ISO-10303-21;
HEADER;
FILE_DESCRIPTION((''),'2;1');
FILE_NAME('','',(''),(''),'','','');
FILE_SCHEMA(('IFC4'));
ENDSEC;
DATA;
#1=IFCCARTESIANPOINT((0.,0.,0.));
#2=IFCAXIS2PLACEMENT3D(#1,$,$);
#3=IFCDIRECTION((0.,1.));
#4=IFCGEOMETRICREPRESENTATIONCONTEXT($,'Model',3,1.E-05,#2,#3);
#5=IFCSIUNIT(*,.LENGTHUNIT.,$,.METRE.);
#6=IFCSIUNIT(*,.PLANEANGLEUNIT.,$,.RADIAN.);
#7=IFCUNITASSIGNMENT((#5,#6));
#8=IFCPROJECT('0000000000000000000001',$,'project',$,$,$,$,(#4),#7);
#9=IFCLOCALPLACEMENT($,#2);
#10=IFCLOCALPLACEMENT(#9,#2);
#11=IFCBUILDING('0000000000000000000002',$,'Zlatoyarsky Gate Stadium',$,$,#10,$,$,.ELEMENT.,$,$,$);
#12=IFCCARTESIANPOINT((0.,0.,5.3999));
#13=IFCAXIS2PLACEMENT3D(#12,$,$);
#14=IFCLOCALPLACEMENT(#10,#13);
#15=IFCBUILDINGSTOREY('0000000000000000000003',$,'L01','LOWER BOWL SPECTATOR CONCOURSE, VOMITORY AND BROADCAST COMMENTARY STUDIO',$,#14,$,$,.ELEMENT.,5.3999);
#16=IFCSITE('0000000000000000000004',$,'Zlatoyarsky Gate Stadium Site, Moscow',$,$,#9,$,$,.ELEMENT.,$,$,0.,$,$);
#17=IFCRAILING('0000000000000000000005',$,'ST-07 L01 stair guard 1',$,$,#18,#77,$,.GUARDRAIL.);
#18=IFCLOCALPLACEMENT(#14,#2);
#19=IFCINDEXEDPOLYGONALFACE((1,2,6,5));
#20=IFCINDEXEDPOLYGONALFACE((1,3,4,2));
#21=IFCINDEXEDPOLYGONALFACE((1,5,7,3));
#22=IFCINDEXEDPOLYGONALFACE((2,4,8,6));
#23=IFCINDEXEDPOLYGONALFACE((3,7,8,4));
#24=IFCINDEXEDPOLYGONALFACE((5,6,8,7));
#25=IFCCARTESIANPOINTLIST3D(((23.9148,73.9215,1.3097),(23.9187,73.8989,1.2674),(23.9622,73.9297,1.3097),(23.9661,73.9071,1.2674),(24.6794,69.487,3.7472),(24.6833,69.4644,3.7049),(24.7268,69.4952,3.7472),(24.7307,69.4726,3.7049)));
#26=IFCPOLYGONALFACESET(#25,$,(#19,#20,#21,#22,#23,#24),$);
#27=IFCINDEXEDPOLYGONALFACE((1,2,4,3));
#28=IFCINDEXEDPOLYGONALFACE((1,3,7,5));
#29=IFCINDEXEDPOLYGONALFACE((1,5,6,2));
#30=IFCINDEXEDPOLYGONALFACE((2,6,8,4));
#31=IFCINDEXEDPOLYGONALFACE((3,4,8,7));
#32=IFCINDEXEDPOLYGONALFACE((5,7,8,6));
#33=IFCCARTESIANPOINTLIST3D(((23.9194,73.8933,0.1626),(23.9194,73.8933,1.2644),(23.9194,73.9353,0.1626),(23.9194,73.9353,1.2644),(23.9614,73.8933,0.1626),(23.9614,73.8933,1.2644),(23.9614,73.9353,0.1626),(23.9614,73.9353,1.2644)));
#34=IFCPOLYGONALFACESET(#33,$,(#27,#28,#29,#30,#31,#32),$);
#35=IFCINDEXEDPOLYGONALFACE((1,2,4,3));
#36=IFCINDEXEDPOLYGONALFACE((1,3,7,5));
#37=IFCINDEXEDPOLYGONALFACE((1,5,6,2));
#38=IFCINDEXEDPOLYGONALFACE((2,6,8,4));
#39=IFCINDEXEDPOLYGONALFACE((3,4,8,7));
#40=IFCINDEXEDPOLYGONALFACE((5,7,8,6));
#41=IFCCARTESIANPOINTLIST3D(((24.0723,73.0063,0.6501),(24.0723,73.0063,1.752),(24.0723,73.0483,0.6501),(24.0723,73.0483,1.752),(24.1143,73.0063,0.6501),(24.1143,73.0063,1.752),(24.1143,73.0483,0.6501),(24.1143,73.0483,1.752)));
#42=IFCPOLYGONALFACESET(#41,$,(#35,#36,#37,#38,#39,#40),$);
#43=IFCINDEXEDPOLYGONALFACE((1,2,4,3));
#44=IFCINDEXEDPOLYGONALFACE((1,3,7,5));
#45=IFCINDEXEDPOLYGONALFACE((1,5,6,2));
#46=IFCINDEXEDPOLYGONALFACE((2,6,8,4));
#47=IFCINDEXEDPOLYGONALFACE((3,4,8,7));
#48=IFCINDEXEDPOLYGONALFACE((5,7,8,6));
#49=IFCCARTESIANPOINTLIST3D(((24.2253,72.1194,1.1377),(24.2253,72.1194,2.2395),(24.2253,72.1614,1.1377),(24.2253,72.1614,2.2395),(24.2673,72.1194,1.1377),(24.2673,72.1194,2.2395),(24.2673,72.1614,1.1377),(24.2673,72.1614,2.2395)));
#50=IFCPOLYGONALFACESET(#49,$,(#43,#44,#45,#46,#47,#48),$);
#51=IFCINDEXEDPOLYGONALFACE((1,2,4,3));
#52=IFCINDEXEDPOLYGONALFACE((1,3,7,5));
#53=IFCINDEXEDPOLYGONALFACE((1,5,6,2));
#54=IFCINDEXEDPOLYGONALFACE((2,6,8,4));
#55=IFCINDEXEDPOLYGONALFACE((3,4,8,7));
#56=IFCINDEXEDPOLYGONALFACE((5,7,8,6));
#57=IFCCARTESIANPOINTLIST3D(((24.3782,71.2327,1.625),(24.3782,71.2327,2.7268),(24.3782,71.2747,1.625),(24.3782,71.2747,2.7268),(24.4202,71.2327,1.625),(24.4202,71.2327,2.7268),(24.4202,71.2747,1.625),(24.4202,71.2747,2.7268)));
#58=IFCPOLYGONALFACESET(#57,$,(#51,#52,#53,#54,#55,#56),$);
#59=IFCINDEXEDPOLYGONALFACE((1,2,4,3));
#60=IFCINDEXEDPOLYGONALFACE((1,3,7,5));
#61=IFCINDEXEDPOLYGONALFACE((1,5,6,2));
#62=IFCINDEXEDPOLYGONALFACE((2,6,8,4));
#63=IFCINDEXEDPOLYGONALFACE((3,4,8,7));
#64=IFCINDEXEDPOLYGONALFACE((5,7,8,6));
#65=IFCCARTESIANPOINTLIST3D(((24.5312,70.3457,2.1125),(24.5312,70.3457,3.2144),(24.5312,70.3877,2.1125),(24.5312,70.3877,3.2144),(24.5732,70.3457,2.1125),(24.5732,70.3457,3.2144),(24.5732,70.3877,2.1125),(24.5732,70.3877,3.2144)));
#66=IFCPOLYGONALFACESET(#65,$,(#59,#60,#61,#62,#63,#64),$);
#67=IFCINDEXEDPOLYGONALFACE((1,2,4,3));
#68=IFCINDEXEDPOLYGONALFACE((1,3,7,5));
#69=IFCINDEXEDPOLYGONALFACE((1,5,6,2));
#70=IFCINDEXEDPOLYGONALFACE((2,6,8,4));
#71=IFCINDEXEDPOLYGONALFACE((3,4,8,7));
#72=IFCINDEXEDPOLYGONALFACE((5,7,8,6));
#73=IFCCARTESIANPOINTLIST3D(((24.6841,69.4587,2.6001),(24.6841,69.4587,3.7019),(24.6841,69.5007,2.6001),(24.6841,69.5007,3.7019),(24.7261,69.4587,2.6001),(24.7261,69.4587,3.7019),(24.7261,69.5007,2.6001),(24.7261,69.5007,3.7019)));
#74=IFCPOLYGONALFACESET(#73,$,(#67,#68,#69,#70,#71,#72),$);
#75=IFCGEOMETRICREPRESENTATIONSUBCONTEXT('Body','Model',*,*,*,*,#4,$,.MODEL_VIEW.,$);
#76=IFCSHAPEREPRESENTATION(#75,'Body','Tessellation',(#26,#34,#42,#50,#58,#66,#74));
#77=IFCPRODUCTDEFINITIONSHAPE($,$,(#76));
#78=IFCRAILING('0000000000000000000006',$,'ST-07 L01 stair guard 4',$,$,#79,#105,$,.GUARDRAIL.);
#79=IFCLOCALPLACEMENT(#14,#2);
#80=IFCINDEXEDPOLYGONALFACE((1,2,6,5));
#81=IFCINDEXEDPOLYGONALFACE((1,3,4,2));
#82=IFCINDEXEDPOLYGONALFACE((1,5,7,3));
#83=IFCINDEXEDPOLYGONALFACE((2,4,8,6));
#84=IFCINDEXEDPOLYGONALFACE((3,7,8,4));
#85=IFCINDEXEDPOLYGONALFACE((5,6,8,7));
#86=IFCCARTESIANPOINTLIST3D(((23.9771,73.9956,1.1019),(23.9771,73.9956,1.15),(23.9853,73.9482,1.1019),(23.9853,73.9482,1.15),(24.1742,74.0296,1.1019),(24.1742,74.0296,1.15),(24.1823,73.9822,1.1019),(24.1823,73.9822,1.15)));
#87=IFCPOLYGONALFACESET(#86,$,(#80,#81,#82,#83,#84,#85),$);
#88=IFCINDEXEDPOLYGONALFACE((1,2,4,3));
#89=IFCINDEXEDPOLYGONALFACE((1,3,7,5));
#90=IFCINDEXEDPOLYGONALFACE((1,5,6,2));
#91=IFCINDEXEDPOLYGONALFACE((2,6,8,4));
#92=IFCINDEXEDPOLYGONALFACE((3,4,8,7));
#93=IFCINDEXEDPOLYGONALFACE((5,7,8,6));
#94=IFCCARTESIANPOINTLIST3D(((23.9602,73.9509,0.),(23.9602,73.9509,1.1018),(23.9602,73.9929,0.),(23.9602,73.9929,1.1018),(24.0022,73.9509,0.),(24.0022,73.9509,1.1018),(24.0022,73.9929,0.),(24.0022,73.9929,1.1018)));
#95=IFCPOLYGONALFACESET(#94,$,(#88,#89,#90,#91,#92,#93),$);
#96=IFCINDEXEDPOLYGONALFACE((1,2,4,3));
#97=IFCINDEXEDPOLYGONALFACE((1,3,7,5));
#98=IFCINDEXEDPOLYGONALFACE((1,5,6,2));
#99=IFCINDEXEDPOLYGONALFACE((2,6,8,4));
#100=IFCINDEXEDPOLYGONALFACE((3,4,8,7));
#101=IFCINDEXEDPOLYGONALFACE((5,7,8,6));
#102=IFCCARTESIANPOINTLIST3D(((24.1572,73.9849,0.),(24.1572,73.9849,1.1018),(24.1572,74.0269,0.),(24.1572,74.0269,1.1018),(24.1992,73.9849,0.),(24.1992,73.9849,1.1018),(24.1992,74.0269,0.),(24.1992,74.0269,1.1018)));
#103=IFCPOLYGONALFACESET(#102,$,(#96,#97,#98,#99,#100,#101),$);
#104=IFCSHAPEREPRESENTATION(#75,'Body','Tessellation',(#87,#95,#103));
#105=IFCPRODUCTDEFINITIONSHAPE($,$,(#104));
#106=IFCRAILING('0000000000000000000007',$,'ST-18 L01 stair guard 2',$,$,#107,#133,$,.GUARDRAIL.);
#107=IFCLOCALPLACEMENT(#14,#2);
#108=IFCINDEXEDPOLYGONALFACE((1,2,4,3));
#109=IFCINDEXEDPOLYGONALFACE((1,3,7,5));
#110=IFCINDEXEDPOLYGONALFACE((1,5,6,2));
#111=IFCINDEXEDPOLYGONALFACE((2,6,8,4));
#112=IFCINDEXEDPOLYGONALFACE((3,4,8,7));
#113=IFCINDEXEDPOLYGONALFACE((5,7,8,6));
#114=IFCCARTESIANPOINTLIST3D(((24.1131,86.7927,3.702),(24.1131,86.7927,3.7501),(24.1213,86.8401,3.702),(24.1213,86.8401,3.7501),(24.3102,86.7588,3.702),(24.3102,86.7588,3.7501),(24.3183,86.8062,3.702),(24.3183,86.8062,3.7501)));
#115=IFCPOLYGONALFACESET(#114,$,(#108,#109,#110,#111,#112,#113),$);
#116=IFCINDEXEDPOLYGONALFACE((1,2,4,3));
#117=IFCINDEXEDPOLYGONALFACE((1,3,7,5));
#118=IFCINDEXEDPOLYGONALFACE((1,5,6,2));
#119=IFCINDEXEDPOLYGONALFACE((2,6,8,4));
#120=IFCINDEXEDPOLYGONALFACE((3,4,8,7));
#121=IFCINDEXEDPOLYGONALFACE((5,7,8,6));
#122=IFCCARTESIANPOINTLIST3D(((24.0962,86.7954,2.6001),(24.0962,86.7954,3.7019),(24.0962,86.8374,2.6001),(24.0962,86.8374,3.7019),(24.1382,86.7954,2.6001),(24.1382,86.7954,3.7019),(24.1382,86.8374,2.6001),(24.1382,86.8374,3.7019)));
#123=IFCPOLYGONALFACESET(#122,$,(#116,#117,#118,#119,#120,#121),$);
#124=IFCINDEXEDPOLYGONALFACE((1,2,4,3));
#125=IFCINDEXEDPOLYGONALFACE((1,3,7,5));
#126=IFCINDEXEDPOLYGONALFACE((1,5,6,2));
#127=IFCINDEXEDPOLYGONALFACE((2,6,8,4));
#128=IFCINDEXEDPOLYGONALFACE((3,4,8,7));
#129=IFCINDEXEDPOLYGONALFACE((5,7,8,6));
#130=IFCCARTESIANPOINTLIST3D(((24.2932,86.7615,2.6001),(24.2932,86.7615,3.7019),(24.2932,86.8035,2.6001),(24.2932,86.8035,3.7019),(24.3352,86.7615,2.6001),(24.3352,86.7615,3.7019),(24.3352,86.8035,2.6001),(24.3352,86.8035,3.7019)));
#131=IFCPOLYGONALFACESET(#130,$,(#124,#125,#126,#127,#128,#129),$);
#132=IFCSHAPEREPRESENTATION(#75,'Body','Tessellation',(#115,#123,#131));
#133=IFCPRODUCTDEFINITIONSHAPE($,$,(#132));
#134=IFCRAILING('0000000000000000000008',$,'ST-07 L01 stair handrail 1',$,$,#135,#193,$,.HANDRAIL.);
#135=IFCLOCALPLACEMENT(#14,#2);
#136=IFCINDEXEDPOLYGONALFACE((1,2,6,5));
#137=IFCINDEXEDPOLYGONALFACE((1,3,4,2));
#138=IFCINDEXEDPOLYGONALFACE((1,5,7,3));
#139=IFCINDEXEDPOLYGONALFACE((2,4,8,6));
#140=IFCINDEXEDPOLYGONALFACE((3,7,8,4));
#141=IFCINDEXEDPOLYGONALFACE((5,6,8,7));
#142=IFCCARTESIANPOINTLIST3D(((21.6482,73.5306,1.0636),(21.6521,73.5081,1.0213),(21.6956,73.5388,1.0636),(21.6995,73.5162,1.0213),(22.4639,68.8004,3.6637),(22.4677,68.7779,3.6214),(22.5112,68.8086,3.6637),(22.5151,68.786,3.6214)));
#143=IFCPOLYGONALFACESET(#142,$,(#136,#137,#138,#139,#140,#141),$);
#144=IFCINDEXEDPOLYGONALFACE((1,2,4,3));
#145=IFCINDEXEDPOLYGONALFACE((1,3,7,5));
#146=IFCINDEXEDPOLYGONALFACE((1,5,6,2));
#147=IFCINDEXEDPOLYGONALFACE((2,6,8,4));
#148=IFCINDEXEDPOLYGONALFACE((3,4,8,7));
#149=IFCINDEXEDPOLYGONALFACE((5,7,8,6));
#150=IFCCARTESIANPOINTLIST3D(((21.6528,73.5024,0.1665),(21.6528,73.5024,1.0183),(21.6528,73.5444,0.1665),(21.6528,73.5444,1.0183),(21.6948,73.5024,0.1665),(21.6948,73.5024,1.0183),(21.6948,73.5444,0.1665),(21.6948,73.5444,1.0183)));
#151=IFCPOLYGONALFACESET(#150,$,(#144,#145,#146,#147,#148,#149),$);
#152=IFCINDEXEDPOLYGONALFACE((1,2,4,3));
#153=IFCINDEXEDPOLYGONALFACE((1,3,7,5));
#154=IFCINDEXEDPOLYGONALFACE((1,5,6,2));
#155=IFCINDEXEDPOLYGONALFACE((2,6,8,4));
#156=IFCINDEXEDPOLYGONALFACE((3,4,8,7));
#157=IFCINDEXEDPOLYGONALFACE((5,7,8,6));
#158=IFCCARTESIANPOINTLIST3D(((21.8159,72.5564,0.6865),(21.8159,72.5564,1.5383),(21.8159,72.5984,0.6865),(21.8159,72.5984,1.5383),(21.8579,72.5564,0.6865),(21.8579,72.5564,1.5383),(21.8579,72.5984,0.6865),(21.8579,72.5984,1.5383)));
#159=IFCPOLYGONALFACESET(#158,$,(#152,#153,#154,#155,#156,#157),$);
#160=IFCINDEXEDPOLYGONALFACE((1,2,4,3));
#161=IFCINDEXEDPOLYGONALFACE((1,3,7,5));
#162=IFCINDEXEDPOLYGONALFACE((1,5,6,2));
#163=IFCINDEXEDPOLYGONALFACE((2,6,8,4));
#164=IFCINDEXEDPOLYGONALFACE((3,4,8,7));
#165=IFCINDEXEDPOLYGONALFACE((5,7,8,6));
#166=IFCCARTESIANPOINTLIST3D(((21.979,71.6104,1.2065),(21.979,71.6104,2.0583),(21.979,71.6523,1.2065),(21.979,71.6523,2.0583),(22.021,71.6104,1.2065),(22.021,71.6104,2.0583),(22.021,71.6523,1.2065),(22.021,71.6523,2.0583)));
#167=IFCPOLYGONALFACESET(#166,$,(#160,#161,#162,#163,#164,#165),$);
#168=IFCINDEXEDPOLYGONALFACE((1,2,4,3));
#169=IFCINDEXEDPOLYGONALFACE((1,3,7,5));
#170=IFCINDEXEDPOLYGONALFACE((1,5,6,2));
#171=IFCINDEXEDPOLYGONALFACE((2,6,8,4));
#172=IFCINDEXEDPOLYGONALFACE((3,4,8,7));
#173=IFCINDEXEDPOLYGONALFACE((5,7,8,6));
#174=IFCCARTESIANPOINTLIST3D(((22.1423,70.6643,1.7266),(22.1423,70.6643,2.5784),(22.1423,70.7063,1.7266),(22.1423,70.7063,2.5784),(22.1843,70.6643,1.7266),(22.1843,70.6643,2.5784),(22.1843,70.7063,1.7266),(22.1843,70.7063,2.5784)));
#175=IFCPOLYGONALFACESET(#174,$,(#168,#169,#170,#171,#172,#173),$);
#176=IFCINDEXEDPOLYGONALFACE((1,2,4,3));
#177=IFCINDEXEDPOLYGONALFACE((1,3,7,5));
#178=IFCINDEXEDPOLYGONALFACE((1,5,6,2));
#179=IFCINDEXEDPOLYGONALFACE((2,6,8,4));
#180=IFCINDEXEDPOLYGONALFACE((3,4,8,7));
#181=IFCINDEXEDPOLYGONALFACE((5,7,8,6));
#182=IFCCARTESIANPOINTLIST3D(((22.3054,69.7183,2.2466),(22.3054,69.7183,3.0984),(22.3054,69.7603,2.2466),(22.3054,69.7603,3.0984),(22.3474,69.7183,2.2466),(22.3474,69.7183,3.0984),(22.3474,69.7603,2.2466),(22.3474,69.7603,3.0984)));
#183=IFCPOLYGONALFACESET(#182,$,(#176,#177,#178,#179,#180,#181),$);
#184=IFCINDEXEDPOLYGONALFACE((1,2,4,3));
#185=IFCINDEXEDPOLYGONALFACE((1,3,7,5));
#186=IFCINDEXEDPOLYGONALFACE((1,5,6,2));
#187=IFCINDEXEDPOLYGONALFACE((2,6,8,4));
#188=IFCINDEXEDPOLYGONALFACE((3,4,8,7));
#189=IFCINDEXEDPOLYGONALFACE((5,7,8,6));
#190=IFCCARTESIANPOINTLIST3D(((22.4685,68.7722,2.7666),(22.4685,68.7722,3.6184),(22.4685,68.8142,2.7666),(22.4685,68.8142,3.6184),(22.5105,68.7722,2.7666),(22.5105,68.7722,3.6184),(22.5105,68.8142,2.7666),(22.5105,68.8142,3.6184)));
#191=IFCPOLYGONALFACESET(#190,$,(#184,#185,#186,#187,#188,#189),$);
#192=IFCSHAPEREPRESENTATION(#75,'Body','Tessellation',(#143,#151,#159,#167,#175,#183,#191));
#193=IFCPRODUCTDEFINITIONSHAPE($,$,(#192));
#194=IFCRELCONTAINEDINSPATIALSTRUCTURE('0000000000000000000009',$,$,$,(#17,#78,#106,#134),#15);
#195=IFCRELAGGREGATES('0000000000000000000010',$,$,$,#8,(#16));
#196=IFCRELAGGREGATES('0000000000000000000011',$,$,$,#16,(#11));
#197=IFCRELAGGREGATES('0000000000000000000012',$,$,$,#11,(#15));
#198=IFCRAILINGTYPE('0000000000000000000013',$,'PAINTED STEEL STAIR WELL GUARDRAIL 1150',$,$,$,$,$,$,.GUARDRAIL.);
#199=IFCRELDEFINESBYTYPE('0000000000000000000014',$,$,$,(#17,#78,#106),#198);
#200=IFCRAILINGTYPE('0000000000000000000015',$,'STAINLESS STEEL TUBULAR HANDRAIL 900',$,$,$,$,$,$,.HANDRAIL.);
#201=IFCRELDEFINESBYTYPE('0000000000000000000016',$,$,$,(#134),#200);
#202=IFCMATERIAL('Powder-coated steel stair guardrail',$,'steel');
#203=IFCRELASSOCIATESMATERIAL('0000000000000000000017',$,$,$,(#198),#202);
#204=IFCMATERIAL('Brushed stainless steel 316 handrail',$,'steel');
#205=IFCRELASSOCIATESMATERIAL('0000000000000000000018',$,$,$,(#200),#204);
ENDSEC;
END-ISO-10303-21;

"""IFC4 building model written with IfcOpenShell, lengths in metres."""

from ifc_helpers import new_model, si_unit, direction, frame, origin, origin_2d, place, context, subcontext, project, spatial, rectangle, extrude, material, type_object, element, save


model = new_model("IFC4")

# Units and contexts
model_context = context("Model", 3, precision=1e-05, world=origin(), true_north=direction((0.0, 1.0)))
body_context = subcontext(model_context, "Body", "Model", "MODEL_VIEW")
ifc_project = project(units=[si_unit("LENGTHUNIT", "METRE"), si_unit("PLANEANGLEUNIT", "RADIAN")], contexts=[model_context])

# Site, building, storey
site_placement = place(None, origin())
site = spatial("IfcSite", under=ifc_project, at=site_placement, Name="Zlatoyarsky Gate Stadium Site, Moscow", CompositionType="ELEMENT", RefElevation=0.0)
building_placement = place(site_placement, origin())
building = spatial("IfcBuilding", under=site, at=building_placement, Name="Zlatoyarsky Gate Stadium", CompositionType="ELEMENT")
storey_placement = place(building_placement, frame((0.0, 0.0, 5.3999)))
storey = spatial("IfcBuildingStorey", under=building, at=storey_placement, Name="L01", Description="LOWER BOWL SPECTATOR CONCOURSE, VOMITORY AND BROADCAST COMMENTARY STUDIO", CompositionType="ELEMENT", Elevation=5.3999)

# Railings
ifc_material_1 = material(Name="Powder-coated steel stair guardrail", Category="steel")
railing_type_1 = type_object("IfcRailingType", Name="PAINTED STEEL STAIR WELL GUARDRAIL 1150", PredefinedType="GUARDRAIL", material=ifc_material_1)
railing_1_placement = place(storey_placement, frame((23.9404, 73.9143, 0.1626)))
element("IfcRailing", 1, at=railing_1_placement, inside=storey, type_object=railing_type_1, Name="ST-07 L01 stair guard 1", PredefinedType="GUARDRAIL", context=body_context, shape_type="SweptSolid", body=[
    extrude(rectangle(XDim=0.0481, YDim=0.0481, at=origin_2d()), frame((0.0, 0.0, 1.126), z_axis=(0.149411, -0.866505, 0.476282), x_axis=(0.985458, 0.169921, 0.0)), (0.0, 0.0, 1.0), 5.1177),
    extrude(rectangle(XDim=0.042, YDim=0.042, at=origin_2d()), origin(), (0.0, 0.0, 1.0), 1.1018),
    extrude(rectangle(XDim=0.042, YDim=0.042, at=origin_2d()), frame((0.1528, -0.887, 0.4875)), (0.0, 0.0, 1.0), 1.1018),
    extrude(rectangle(XDim=0.042, YDim=0.042, at=origin_2d()), frame((0.3059, -1.7739, 0.9751)), (0.0, 0.0, 1.0), 1.1018),
    extrude(rectangle(XDim=0.042, YDim=0.042, at=origin_2d()), frame((0.4587, -2.6606, 1.4624)), (0.0, 0.0, 1.0), 1.1018),
    extrude(rectangle(XDim=0.042, YDim=0.042, at=origin_2d()), frame((0.6118, -3.5476, 1.95)), (0.0, 0.0, 1.0), 1.1018),
    extrude(rectangle(XDim=0.042, YDim=0.042, at=origin_2d()), frame((0.7646, -4.4346, 2.4375)), (0.0, 0.0, 1.0), 1.1018),
])
railing_2_placement = place(storey_placement, frame((23.9812, 73.9719, 0.0)))
element("IfcRailing", 2, at=railing_2_placement, inside=storey, type_object=railing_type_1, Name="ST-07 L01 stair guard 4", PredefinedType="GUARDRAIL", context=body_context, shape_type="SweptSolid", body=[
    extrude(rectangle(XDim=0.0481, YDim=0.0481, at=origin_2d()), frame((0.0, 0.0, 1.126), z_axis=(0.985488, 0.169743, 0.0), x_axis=(-0.169743, 0.985488, 0.0)), (0.0, 0.0, 1.0), 0.2),
    extrude(rectangle(XDim=0.042, YDim=0.042, at=origin_2d()), origin(), (0.0, 0.0, 1.0), 1.1018),
    extrude(rectangle(XDim=0.042, YDim=0.042, at=origin_2d()), frame((0.197, 0.0339, 0.0)), (0.0, 0.0, 1.0), 1.1018),
])
railing_3_placement = place(storey_placement, frame((24.1172, 86.8164, 2.6001)))
element("IfcRailing", 3, at=railing_3_placement, inside=storey, type_object=railing_type_1, Name="ST-18 L01 stair guard 2", PredefinedType="GUARDRAIL", context=body_context, shape_type="SweptSolid", body=[
    extrude(rectangle(XDim=0.0481, YDim=0.0481, at=origin_2d()), frame((0.0, 0.0, 1.126), z_axis=(0.985488, -0.169743, 0.0), x_axis=(0.169743, 0.985488, 0.0)), (0.0, 0.0, 1.0), 0.2),
    extrude(rectangle(XDim=0.042, YDim=0.042, at=origin_2d()), origin(), (0.0, 0.0, 1.0), 1.1018),
    extrude(rectangle(XDim=0.042, YDim=0.042, at=origin_2d()), frame((0.197, -0.0339, 0.0)), (0.0, 0.0, 1.0), 1.1018),
])
ifc_material_2 = material(Name="Brushed stainless steel 316 handrail", Category="steel")
railing_type_2 = type_object("IfcRailingType", Name="STAINLESS STEEL TUBULAR HANDRAIL 900", PredefinedType="HANDRAIL", material=ifc_material_2)
railing_4_placement = place(storey_placement, frame((21.6738, 73.5234, 0.1665)))
element("IfcRailing", 4, at=railing_4_placement, inside=storey, type_object=railing_type_2, Name="ST-07 L01 stair handrail 1", PredefinedType="HANDRAIL", context=body_context, shape_type="SweptSolid", body=[
    extrude(rectangle(XDim=0.0481, YDim=0.0481, at=origin_2d()), frame((0.0, 0.0, 0.876), z_axis=(0.149418, -0.866498, 0.476294), x_axis=(0.985456, 0.169931, 0.0)), (0.0, 0.0, 1.0), 5.459),
    extrude(rectangle(XDim=0.042, YDim=0.042, at=origin_2d()), origin(), (0.0, 0.0, 1.0), 0.8518),
    extrude(rectangle(XDim=0.042, YDim=0.042, at=origin_2d()), frame((0.1631, -0.946, 0.52)), (0.0, 0.0, 1.0), 0.8518),
    extrude(rectangle(XDim=0.042, YDim=0.042, at=origin_2d()), frame((0.3262, -1.8921, 1.04)), (0.0, 0.0, 1.0), 0.8518),
    extrude(rectangle(XDim=0.042, YDim=0.042, at=origin_2d()), frame((0.4895, -2.8381, 1.5601)), (0.0, 0.0, 1.0), 0.8518),
    extrude(rectangle(XDim=0.042, YDim=0.042, at=origin_2d()), frame((0.6526, -3.7842, 2.0801)), (0.0, 0.0, 1.0), 0.8518),
    extrude(rectangle(XDim=0.042, YDim=0.042, at=origin_2d()), frame((0.8157, -4.7302, 2.6001)), (0.0, 0.0, 1.0), 0.8518),
])

save(model, "model.ifc")
